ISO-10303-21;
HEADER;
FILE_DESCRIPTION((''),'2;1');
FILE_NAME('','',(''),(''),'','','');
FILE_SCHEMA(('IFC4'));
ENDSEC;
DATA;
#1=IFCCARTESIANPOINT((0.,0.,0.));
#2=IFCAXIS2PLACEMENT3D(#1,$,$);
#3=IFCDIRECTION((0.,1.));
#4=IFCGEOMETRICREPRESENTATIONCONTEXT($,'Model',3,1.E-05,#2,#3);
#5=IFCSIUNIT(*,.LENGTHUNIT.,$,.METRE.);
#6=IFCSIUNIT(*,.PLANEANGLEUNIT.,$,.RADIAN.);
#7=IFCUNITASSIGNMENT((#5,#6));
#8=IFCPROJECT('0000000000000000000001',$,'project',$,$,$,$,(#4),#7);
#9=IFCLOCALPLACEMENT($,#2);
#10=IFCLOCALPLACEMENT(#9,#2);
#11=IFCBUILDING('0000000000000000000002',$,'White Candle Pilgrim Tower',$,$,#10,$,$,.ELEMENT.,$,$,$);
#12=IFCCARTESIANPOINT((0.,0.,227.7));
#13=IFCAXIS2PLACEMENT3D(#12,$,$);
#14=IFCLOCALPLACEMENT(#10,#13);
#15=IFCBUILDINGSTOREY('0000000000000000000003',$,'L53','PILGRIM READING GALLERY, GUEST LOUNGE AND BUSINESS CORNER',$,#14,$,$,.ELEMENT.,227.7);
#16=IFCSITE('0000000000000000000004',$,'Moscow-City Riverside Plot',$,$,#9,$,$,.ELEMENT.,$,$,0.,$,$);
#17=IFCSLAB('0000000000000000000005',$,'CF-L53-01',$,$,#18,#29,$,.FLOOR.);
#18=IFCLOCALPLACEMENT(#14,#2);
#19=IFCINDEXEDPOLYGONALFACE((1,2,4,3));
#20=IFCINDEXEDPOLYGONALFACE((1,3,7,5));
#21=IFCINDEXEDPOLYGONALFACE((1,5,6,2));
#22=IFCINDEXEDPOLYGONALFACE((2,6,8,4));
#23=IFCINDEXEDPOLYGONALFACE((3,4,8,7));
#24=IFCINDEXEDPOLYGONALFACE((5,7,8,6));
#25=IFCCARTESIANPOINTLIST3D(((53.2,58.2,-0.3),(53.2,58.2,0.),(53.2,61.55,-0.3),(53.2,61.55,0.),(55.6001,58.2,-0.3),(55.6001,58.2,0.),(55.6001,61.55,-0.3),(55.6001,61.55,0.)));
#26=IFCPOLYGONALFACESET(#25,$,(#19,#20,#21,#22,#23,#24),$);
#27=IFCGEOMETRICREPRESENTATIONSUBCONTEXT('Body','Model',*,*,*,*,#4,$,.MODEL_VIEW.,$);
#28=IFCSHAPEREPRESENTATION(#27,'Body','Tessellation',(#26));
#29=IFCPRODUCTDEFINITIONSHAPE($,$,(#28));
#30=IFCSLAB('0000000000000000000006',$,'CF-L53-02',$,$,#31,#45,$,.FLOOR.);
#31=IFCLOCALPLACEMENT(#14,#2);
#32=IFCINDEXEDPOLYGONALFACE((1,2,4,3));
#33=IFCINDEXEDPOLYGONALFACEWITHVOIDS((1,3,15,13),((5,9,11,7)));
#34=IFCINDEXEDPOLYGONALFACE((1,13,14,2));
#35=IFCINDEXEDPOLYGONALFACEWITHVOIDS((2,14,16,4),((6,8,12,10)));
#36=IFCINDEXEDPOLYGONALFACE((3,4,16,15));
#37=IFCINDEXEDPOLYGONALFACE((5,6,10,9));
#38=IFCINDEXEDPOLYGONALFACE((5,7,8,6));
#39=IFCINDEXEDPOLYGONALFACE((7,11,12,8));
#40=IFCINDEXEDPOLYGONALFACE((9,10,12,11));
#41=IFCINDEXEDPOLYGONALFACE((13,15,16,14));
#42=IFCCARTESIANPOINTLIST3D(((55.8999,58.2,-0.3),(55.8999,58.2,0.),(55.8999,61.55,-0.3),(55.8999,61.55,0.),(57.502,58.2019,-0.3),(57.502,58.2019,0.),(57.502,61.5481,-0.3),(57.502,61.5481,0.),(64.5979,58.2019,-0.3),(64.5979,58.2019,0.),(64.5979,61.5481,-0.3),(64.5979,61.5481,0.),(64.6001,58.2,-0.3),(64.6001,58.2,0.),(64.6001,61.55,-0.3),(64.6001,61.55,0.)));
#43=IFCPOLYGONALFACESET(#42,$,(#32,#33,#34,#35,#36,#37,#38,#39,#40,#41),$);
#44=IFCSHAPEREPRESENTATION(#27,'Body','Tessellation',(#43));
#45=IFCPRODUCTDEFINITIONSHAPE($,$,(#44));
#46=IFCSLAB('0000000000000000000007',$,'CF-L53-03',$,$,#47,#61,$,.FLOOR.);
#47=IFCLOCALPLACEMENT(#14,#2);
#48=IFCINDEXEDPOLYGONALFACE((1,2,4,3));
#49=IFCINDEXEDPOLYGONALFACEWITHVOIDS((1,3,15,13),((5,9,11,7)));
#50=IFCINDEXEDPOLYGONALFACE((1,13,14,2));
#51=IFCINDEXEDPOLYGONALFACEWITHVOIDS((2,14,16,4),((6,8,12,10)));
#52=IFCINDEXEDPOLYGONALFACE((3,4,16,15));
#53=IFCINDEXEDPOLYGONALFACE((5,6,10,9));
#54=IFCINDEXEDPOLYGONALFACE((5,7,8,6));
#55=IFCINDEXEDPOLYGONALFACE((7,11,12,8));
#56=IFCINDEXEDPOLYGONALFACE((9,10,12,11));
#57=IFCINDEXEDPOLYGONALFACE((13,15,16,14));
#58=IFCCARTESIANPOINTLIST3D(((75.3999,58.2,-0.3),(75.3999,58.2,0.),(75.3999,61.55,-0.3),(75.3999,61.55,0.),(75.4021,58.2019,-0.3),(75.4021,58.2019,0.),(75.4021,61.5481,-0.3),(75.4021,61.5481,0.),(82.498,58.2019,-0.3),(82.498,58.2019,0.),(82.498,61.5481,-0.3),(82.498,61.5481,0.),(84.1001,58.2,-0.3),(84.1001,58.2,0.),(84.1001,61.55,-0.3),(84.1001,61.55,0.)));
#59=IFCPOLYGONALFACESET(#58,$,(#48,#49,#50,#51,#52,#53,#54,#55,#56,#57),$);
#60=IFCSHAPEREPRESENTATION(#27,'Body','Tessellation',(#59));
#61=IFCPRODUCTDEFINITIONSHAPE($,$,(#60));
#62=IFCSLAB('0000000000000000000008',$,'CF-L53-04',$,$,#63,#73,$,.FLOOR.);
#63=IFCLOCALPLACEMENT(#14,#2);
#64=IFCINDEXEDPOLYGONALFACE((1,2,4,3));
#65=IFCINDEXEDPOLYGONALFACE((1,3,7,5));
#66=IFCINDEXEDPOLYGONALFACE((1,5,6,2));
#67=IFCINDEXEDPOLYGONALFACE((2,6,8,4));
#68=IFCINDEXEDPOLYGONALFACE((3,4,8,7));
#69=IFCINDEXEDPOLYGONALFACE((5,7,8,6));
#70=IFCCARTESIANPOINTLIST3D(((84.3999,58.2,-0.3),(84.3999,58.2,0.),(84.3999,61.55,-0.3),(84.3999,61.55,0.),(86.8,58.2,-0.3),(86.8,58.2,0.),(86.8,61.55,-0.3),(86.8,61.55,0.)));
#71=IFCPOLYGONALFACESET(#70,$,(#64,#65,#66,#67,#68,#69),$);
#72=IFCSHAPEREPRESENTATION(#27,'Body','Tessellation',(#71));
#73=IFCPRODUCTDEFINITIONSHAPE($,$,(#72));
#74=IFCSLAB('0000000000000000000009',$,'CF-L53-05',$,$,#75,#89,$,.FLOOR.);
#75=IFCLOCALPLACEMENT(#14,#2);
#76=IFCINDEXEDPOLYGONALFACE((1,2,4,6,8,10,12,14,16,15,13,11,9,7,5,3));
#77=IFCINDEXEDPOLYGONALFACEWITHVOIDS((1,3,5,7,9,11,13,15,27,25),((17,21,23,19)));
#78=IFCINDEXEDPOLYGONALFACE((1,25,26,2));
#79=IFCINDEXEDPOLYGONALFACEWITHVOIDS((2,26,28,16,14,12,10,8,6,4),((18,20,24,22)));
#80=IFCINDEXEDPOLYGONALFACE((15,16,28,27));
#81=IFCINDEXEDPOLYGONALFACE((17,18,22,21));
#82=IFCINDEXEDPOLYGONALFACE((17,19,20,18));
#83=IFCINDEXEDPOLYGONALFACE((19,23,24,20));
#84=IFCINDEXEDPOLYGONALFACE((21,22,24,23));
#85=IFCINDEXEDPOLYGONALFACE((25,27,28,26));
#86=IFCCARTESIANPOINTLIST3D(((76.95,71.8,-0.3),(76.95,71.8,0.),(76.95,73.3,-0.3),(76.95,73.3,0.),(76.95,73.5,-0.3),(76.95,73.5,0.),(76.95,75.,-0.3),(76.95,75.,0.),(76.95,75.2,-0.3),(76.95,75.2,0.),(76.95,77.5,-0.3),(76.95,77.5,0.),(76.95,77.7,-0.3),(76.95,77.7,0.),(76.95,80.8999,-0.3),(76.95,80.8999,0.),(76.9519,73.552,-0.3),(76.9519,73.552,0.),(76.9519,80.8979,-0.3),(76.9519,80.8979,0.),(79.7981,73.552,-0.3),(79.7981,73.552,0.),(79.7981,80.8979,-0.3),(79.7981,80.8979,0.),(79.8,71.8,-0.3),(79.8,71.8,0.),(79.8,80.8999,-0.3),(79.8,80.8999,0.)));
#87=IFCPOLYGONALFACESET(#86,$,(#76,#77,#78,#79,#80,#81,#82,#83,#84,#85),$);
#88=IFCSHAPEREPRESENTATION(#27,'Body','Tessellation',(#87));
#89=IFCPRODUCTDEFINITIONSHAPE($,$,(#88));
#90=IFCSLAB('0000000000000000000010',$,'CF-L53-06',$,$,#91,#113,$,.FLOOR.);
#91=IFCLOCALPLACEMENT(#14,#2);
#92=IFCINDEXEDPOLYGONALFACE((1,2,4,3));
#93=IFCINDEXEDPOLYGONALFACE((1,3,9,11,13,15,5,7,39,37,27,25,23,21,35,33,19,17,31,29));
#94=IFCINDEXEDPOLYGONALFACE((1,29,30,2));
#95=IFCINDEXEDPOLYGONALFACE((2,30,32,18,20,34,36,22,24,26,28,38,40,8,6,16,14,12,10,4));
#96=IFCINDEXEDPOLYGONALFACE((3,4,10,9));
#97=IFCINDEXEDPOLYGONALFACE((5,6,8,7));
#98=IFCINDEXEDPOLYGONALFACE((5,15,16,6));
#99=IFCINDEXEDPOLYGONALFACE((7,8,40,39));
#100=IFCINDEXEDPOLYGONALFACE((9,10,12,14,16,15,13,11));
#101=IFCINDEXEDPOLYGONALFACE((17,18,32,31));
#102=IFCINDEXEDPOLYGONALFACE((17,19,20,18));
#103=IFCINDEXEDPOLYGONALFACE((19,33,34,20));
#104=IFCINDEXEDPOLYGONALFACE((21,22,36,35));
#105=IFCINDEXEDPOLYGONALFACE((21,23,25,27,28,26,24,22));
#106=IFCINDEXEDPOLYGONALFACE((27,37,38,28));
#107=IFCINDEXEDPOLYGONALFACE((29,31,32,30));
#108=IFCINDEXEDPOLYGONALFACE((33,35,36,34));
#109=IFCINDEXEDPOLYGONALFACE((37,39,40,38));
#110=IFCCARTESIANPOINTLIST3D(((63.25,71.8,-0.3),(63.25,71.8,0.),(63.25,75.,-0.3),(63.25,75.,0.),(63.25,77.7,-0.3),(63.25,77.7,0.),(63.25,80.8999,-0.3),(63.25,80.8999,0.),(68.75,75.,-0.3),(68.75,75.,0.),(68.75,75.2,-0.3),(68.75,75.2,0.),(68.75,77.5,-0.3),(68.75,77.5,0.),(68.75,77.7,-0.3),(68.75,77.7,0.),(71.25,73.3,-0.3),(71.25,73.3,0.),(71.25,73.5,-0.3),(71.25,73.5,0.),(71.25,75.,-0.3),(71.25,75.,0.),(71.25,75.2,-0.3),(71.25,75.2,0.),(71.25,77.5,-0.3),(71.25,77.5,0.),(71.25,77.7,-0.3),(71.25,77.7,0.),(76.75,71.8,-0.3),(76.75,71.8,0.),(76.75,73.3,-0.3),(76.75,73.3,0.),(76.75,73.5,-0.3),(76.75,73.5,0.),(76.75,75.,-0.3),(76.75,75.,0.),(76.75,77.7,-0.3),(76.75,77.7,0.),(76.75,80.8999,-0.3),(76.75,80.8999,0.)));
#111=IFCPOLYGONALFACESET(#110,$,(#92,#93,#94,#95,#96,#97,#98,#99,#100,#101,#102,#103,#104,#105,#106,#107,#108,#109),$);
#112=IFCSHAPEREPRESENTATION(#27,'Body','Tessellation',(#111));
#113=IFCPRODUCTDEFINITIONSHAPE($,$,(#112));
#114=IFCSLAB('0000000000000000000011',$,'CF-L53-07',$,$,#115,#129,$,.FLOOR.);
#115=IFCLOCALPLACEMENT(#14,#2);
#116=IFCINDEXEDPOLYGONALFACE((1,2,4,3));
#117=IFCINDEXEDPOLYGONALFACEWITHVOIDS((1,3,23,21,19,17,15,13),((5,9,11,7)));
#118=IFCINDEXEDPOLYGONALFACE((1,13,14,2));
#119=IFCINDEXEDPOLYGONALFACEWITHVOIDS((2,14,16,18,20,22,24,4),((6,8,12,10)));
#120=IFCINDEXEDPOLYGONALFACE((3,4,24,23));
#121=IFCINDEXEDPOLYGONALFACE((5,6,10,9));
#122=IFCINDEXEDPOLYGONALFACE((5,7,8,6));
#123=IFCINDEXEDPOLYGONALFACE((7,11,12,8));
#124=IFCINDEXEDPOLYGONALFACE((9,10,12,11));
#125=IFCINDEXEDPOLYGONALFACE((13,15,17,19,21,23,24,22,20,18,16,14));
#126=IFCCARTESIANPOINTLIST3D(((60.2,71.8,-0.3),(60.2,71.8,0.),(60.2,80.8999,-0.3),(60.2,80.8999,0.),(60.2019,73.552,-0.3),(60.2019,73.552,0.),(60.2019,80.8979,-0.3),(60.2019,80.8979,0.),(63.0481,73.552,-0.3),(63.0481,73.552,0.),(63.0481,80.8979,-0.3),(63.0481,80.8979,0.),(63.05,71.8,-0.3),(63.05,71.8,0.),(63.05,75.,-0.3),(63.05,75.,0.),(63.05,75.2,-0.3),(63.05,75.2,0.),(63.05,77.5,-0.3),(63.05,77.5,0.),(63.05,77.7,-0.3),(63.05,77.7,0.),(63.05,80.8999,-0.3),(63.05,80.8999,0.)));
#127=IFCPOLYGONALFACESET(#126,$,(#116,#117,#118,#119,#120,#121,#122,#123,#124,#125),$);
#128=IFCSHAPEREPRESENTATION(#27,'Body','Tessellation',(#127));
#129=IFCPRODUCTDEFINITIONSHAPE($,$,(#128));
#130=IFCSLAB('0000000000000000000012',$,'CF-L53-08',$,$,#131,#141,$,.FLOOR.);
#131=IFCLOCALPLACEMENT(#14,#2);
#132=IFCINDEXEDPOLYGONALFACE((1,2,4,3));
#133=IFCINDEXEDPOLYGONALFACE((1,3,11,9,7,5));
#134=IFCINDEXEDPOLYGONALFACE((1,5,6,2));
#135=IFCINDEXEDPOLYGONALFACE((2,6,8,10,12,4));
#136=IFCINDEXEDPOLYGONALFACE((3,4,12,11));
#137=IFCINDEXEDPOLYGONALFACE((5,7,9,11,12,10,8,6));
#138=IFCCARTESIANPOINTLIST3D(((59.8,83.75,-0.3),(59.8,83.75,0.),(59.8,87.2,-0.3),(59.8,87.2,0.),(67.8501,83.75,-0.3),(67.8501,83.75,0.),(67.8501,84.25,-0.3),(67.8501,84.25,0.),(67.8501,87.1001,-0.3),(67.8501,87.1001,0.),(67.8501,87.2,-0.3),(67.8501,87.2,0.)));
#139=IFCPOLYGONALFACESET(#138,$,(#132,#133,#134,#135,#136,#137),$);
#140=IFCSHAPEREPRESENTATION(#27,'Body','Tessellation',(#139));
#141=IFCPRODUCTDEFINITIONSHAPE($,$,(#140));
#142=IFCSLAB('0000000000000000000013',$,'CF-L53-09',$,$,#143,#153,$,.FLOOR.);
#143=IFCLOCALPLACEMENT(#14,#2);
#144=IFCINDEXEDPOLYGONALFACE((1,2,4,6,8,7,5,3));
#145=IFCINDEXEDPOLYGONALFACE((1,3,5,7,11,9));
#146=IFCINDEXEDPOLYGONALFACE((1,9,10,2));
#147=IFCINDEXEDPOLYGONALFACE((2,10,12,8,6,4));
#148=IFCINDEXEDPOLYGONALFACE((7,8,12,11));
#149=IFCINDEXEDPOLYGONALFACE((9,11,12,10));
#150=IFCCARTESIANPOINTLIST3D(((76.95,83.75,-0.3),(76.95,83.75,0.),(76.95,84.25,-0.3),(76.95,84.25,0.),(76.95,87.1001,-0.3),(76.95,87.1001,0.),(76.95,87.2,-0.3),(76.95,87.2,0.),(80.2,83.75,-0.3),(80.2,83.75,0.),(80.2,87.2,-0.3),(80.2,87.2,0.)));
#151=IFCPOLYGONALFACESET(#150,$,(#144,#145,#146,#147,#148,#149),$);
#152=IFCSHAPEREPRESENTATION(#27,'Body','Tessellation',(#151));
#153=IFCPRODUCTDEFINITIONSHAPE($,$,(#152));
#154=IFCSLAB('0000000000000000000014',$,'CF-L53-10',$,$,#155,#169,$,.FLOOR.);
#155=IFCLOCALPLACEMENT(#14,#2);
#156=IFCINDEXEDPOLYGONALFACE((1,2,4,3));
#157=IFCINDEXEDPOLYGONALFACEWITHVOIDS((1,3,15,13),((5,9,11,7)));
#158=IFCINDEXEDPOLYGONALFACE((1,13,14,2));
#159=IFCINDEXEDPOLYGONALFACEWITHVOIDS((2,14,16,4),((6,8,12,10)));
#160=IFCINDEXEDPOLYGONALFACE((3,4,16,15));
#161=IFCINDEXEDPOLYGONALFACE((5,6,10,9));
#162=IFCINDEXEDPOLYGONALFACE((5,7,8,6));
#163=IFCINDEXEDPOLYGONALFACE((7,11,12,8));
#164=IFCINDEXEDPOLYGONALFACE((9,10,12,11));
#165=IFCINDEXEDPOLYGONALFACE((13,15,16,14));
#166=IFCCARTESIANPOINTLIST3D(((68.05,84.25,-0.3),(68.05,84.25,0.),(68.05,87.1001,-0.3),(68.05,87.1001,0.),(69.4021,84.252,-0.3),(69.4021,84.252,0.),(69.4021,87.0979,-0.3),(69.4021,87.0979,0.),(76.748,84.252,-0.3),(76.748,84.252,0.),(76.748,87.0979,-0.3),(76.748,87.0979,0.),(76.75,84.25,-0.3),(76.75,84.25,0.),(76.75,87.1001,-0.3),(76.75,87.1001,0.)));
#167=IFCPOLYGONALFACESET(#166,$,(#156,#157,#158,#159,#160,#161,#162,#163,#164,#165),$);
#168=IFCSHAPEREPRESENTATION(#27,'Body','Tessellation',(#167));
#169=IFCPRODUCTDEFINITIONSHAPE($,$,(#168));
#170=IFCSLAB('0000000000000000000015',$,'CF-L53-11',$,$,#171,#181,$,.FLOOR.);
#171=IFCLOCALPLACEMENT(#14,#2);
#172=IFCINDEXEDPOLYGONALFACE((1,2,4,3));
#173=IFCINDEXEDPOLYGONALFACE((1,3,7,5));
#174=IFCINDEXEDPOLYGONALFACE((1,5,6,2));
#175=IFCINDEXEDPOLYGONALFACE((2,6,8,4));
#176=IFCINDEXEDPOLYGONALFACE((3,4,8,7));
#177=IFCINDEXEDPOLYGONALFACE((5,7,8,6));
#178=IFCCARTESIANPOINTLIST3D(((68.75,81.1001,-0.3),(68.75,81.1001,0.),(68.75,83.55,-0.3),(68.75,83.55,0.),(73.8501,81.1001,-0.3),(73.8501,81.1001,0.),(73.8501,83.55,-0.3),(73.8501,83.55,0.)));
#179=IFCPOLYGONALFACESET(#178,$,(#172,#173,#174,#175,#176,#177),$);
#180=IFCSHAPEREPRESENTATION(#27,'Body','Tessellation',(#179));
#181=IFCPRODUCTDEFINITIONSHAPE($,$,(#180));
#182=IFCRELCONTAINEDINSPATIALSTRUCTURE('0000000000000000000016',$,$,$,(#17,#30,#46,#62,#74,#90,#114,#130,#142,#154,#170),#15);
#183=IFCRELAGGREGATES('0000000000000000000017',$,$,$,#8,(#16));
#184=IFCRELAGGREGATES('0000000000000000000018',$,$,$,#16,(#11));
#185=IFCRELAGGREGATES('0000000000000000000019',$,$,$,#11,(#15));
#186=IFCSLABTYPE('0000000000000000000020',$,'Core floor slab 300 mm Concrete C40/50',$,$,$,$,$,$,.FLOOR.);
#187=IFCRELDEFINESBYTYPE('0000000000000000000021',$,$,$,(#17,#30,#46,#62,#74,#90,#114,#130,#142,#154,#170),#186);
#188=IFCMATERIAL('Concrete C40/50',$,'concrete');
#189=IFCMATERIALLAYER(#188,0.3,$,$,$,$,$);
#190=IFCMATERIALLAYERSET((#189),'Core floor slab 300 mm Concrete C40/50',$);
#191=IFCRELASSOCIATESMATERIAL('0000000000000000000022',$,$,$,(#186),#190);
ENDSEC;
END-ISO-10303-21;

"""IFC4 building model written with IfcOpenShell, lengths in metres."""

from ifc_helpers import new_model, si_unit, direction, frame, origin, place, context, subcontext, project, spatial, polyline, outline, extrude, material, layer, layer_set, type_object, element, save


model = new_model("IFC4")

# Units and contexts
model_context = context("Model", 3, precision=1e-05, world=origin(), true_north=direction((0.0, 1.0)))
body_context = subcontext(model_context, "Body", "Model", "MODEL_VIEW")
ifc_project = project(units=[si_unit("LENGTHUNIT", "METRE"), si_unit("PLANEANGLEUNIT", "RADIAN")], contexts=[model_context])

# Site, building, storey
site_placement = place(None, origin())
site = spatial("IfcSite", under=ifc_project, at=site_placement, Name="Moscow-City Riverside Plot", CompositionType="ELEMENT", RefElevation=0.0)
building_placement = place(site_placement, origin())
building = spatial("IfcBuilding", under=site, at=building_placement, Name="White Candle Pilgrim Tower", CompositionType="ELEMENT")
storey_placement = place(building_placement, frame((0.0, 0.0, 227.7)))
storey = spatial("IfcBuildingStorey", under=building, at=storey_placement, Name="L53", Description="PILGRIM READING GALLERY, GUEST LOUNGE AND BUSINESS CORNER", CompositionType="ELEMENT", Elevation=227.7)

# Slabs
ifc_material = material(Name="Concrete C40/50", Category="concrete")
ifc_layer_1 = layer(ifc_material, 0.3)
ifc_layer_set_1 = layer_set([ifc_layer_1], Name="Core floor slab 300 mm Concrete C40/50")
slab_type_1 = type_object("IfcSlabType", Name="Core floor slab 300 mm Concrete C40/50", PredefinedType="FLOOR", material=ifc_layer_set_1)
slab_1_placement = place(storey_placement, frame((0.0, 0.0, -0.3)))
element("IfcSlab", 1, at=slab_1_placement, inside=storey, type_object=slab_type_1, Name="CF-L53-01", PredefinedType="FLOOR", context=body_context, shape_type="SweptSolid", body=[
    extrude(outline(polyline([(55.6001, 58.2), (53.2, 58.2), (53.2, 61.55), (55.6001, 61.55), (55.6001, 58.2)])), origin(), (0.0, 0.0, 1.0), 0.3),
])
slab_2_placement = place(storey_placement, frame((0.0, 0.0, -0.3)))
element("IfcSlab", 2, at=slab_2_placement, inside=storey, type_object=slab_type_1, Name="CF-L53-02", PredefinedType="FLOOR", context=body_context, shape_type="SweptSolid", body=[
    extrude(outline(polyline([(55.8999, 58.2), (55.8999, 61.55), (64.6001, 61.55), (64.6001, 58.2), (55.8999, 58.2)]), holes=[polyline([(57.502, 61.5481), (57.502, 58.2019), (64.5979, 58.2019), (64.5979, 61.5481), (57.502, 61.5481)])]), origin(), (0.0, 0.0, 1.0), 0.3),
])
slab_3_placement = place(storey_placement, frame((0.0, 0.0, -0.3)))
element("IfcSlab", 3, at=slab_3_placement, inside=storey, type_object=slab_type_1, Name="CF-L53-03", PredefinedType="FLOOR", context=body_context, shape_type="SweptSolid", body=[
    extrude(outline(polyline([(75.3999, 58.2), (75.3999, 61.55), (84.1001, 61.55), (84.1001, 58.2), (75.3999, 58.2)]), holes=[polyline([(82.498, 58.2019), (82.498, 61.5481), (75.4021, 61.5481), (75.4021, 58.2019), (82.498, 58.2019)])]), origin(), (0.0, 0.0, 1.0), 0.3),
])
slab_4_placement = place(storey_placement, frame((0.0, 0.0, -0.3)))
element("IfcSlab", 4, at=slab_4_placement, inside=storey, type_object=slab_type_1, Name="CF-L53-04", PredefinedType="FLOOR", context=body_context, shape_type="SweptSolid", body=[
    extrude(outline(polyline([(86.8, 58.2), (84.3999, 58.2), (84.3999, 61.55), (86.8, 61.55), (86.8, 58.2)])), origin(), (0.0, 0.0, 1.0), 0.3),
])
slab_5_placement = place(storey_placement, frame((0.0, 0.0, -0.3)))
element("IfcSlab", 5, at=slab_5_placement, inside=storey, type_object=slab_type_1, Name="CF-L53-05", PredefinedType="FLOOR", context=body_context, shape_type="SweptSolid", body=[
    extrude(outline(polyline([(76.95, 71.8), (76.95, 73.3), (76.95, 73.5), (76.95, 75.0), (76.95, 75.2), (76.95, 77.5), (76.95, 77.7), (76.95, 80.8999), (79.8, 80.8999), (79.8, 71.8), (76.95, 71.8)]), holes=[polyline([(76.9519, 73.552), (79.7981, 73.552), (79.7981, 80.8979), (76.9519, 80.8979), (76.9519, 73.552)])]), origin(), (0.0, 0.0, 1.0), 0.3),
])
slab_6_placement = place(storey_placement, frame((0.0, 0.0, -0.3)))
element("IfcSlab", 6, at=slab_6_placement, inside=storey, type_object=slab_type_1, Name="CF-L53-06", PredefinedType="FLOOR", context=body_context, shape_type="SweptSolid", body=[
    extrude(outline(polyline([(63.25, 71.8), (63.25, 75.0), (68.75, 75.0), (68.75, 75.2), (68.75, 77.5), (68.75, 77.7), (63.25, 77.7), (63.25, 80.8999), (76.75, 80.8999), (76.75, 77.7), (71.25, 77.7), (71.25, 77.5), (71.25, 75.2), (71.25, 75.0), (76.75, 75.0), (76.75, 73.5), (71.25, 73.5), (71.25, 73.3), (76.75, 73.3), (76.75, 71.8), (63.25, 71.8)])), origin(), (0.0, 0.0, 1.0), 0.3),
])
slab_7_placement = place(storey_placement, frame((0.0, 0.0, -0.3)))
element("IfcSlab", 7, at=slab_7_placement, inside=storey, type_object=slab_type_1, Name="CF-L53-07", PredefinedType="FLOOR", context=body_context, shape_type="SweptSolid", body=[
    extrude(outline(polyline([(60.2, 71.8), (60.2, 80.8999), (63.05, 80.8999), (63.05, 77.7), (63.05, 77.5), (63.05, 75.2), (63.05, 75.0), (63.05, 71.8), (60.2, 71.8)]), holes=[polyline([(60.2019, 73.552), (63.0481, 73.552), (63.0481, 80.8979), (60.2019, 80.8979), (60.2019, 73.552)])]), origin(), (0.0, 0.0, 1.0), 0.3),
])
slab_8_placement = place(storey_placement, frame((0.0, 0.0, -0.3)))
element("IfcSlab", 8, at=slab_8_placement, inside=storey, type_object=slab_type_1, Name="CF-L53-08", PredefinedType="FLOOR", context=body_context, shape_type="SweptSolid", body=[
    extrude(outline(polyline([(59.8, 87.2), (67.8501, 87.2), (67.8501, 87.1001), (67.8501, 84.25), (67.8501, 83.75), (59.8, 83.75), (59.8, 87.2)])), origin(), (0.0, 0.0, 1.0), 0.3),
])
slab_9_placement = place(storey_placement, frame((0.0, 0.0, -0.3)))
element("IfcSlab", 9, at=slab_9_placement, inside=storey, type_object=slab_type_1, Name="CF-L53-09", PredefinedType="FLOOR", context=body_context, shape_type="SweptSolid", body=[
    extrude(outline(polyline([(80.2, 87.2), (80.2, 83.75), (76.95, 83.75), (76.95, 84.25), (76.95, 87.1001), (76.95, 87.2), (80.2, 87.2)])), origin(), (0.0, 0.0, 1.0), 0.3),
])
slab_10_placement = place(storey_placement, frame((0.0, 0.0, -0.3)))
element("IfcSlab", 10, at=slab_10_placement, inside=storey, type_object=slab_type_1, Name="CF-L53-10", PredefinedType="FLOOR", context=body_context, shape_type="SweptSolid", body=[
    extrude(outline(polyline([(68.05, 87.1001), (76.75, 87.1001), (76.75, 84.25), (68.05, 84.25), (68.05, 87.1001)]), holes=[polyline([(69.4021, 87.0979), (69.4021, 84.252), (76.748, 84.252), (76.748, 87.0979), (69.4021, 87.0979)])]), origin(), (0.0, 0.0, 1.0), 0.3),
])
slab_11_placement = place(storey_placement, frame((0.0, 0.0, -0.3)))
element("IfcSlab", 11, at=slab_11_placement, inside=storey, type_object=slab_type_1, Name="CF-L53-11", PredefinedType="FLOOR", context=body_context, shape_type="SweptSolid", body=[
    extrude(outline(polyline([(68.75, 83.55), (73.8501, 83.55), (73.8501, 81.1001), (68.75, 81.1001), (68.75, 83.55)])), origin(), (0.0, 0.0, 1.0), 0.3),
])

save(model, "model.ifc")
